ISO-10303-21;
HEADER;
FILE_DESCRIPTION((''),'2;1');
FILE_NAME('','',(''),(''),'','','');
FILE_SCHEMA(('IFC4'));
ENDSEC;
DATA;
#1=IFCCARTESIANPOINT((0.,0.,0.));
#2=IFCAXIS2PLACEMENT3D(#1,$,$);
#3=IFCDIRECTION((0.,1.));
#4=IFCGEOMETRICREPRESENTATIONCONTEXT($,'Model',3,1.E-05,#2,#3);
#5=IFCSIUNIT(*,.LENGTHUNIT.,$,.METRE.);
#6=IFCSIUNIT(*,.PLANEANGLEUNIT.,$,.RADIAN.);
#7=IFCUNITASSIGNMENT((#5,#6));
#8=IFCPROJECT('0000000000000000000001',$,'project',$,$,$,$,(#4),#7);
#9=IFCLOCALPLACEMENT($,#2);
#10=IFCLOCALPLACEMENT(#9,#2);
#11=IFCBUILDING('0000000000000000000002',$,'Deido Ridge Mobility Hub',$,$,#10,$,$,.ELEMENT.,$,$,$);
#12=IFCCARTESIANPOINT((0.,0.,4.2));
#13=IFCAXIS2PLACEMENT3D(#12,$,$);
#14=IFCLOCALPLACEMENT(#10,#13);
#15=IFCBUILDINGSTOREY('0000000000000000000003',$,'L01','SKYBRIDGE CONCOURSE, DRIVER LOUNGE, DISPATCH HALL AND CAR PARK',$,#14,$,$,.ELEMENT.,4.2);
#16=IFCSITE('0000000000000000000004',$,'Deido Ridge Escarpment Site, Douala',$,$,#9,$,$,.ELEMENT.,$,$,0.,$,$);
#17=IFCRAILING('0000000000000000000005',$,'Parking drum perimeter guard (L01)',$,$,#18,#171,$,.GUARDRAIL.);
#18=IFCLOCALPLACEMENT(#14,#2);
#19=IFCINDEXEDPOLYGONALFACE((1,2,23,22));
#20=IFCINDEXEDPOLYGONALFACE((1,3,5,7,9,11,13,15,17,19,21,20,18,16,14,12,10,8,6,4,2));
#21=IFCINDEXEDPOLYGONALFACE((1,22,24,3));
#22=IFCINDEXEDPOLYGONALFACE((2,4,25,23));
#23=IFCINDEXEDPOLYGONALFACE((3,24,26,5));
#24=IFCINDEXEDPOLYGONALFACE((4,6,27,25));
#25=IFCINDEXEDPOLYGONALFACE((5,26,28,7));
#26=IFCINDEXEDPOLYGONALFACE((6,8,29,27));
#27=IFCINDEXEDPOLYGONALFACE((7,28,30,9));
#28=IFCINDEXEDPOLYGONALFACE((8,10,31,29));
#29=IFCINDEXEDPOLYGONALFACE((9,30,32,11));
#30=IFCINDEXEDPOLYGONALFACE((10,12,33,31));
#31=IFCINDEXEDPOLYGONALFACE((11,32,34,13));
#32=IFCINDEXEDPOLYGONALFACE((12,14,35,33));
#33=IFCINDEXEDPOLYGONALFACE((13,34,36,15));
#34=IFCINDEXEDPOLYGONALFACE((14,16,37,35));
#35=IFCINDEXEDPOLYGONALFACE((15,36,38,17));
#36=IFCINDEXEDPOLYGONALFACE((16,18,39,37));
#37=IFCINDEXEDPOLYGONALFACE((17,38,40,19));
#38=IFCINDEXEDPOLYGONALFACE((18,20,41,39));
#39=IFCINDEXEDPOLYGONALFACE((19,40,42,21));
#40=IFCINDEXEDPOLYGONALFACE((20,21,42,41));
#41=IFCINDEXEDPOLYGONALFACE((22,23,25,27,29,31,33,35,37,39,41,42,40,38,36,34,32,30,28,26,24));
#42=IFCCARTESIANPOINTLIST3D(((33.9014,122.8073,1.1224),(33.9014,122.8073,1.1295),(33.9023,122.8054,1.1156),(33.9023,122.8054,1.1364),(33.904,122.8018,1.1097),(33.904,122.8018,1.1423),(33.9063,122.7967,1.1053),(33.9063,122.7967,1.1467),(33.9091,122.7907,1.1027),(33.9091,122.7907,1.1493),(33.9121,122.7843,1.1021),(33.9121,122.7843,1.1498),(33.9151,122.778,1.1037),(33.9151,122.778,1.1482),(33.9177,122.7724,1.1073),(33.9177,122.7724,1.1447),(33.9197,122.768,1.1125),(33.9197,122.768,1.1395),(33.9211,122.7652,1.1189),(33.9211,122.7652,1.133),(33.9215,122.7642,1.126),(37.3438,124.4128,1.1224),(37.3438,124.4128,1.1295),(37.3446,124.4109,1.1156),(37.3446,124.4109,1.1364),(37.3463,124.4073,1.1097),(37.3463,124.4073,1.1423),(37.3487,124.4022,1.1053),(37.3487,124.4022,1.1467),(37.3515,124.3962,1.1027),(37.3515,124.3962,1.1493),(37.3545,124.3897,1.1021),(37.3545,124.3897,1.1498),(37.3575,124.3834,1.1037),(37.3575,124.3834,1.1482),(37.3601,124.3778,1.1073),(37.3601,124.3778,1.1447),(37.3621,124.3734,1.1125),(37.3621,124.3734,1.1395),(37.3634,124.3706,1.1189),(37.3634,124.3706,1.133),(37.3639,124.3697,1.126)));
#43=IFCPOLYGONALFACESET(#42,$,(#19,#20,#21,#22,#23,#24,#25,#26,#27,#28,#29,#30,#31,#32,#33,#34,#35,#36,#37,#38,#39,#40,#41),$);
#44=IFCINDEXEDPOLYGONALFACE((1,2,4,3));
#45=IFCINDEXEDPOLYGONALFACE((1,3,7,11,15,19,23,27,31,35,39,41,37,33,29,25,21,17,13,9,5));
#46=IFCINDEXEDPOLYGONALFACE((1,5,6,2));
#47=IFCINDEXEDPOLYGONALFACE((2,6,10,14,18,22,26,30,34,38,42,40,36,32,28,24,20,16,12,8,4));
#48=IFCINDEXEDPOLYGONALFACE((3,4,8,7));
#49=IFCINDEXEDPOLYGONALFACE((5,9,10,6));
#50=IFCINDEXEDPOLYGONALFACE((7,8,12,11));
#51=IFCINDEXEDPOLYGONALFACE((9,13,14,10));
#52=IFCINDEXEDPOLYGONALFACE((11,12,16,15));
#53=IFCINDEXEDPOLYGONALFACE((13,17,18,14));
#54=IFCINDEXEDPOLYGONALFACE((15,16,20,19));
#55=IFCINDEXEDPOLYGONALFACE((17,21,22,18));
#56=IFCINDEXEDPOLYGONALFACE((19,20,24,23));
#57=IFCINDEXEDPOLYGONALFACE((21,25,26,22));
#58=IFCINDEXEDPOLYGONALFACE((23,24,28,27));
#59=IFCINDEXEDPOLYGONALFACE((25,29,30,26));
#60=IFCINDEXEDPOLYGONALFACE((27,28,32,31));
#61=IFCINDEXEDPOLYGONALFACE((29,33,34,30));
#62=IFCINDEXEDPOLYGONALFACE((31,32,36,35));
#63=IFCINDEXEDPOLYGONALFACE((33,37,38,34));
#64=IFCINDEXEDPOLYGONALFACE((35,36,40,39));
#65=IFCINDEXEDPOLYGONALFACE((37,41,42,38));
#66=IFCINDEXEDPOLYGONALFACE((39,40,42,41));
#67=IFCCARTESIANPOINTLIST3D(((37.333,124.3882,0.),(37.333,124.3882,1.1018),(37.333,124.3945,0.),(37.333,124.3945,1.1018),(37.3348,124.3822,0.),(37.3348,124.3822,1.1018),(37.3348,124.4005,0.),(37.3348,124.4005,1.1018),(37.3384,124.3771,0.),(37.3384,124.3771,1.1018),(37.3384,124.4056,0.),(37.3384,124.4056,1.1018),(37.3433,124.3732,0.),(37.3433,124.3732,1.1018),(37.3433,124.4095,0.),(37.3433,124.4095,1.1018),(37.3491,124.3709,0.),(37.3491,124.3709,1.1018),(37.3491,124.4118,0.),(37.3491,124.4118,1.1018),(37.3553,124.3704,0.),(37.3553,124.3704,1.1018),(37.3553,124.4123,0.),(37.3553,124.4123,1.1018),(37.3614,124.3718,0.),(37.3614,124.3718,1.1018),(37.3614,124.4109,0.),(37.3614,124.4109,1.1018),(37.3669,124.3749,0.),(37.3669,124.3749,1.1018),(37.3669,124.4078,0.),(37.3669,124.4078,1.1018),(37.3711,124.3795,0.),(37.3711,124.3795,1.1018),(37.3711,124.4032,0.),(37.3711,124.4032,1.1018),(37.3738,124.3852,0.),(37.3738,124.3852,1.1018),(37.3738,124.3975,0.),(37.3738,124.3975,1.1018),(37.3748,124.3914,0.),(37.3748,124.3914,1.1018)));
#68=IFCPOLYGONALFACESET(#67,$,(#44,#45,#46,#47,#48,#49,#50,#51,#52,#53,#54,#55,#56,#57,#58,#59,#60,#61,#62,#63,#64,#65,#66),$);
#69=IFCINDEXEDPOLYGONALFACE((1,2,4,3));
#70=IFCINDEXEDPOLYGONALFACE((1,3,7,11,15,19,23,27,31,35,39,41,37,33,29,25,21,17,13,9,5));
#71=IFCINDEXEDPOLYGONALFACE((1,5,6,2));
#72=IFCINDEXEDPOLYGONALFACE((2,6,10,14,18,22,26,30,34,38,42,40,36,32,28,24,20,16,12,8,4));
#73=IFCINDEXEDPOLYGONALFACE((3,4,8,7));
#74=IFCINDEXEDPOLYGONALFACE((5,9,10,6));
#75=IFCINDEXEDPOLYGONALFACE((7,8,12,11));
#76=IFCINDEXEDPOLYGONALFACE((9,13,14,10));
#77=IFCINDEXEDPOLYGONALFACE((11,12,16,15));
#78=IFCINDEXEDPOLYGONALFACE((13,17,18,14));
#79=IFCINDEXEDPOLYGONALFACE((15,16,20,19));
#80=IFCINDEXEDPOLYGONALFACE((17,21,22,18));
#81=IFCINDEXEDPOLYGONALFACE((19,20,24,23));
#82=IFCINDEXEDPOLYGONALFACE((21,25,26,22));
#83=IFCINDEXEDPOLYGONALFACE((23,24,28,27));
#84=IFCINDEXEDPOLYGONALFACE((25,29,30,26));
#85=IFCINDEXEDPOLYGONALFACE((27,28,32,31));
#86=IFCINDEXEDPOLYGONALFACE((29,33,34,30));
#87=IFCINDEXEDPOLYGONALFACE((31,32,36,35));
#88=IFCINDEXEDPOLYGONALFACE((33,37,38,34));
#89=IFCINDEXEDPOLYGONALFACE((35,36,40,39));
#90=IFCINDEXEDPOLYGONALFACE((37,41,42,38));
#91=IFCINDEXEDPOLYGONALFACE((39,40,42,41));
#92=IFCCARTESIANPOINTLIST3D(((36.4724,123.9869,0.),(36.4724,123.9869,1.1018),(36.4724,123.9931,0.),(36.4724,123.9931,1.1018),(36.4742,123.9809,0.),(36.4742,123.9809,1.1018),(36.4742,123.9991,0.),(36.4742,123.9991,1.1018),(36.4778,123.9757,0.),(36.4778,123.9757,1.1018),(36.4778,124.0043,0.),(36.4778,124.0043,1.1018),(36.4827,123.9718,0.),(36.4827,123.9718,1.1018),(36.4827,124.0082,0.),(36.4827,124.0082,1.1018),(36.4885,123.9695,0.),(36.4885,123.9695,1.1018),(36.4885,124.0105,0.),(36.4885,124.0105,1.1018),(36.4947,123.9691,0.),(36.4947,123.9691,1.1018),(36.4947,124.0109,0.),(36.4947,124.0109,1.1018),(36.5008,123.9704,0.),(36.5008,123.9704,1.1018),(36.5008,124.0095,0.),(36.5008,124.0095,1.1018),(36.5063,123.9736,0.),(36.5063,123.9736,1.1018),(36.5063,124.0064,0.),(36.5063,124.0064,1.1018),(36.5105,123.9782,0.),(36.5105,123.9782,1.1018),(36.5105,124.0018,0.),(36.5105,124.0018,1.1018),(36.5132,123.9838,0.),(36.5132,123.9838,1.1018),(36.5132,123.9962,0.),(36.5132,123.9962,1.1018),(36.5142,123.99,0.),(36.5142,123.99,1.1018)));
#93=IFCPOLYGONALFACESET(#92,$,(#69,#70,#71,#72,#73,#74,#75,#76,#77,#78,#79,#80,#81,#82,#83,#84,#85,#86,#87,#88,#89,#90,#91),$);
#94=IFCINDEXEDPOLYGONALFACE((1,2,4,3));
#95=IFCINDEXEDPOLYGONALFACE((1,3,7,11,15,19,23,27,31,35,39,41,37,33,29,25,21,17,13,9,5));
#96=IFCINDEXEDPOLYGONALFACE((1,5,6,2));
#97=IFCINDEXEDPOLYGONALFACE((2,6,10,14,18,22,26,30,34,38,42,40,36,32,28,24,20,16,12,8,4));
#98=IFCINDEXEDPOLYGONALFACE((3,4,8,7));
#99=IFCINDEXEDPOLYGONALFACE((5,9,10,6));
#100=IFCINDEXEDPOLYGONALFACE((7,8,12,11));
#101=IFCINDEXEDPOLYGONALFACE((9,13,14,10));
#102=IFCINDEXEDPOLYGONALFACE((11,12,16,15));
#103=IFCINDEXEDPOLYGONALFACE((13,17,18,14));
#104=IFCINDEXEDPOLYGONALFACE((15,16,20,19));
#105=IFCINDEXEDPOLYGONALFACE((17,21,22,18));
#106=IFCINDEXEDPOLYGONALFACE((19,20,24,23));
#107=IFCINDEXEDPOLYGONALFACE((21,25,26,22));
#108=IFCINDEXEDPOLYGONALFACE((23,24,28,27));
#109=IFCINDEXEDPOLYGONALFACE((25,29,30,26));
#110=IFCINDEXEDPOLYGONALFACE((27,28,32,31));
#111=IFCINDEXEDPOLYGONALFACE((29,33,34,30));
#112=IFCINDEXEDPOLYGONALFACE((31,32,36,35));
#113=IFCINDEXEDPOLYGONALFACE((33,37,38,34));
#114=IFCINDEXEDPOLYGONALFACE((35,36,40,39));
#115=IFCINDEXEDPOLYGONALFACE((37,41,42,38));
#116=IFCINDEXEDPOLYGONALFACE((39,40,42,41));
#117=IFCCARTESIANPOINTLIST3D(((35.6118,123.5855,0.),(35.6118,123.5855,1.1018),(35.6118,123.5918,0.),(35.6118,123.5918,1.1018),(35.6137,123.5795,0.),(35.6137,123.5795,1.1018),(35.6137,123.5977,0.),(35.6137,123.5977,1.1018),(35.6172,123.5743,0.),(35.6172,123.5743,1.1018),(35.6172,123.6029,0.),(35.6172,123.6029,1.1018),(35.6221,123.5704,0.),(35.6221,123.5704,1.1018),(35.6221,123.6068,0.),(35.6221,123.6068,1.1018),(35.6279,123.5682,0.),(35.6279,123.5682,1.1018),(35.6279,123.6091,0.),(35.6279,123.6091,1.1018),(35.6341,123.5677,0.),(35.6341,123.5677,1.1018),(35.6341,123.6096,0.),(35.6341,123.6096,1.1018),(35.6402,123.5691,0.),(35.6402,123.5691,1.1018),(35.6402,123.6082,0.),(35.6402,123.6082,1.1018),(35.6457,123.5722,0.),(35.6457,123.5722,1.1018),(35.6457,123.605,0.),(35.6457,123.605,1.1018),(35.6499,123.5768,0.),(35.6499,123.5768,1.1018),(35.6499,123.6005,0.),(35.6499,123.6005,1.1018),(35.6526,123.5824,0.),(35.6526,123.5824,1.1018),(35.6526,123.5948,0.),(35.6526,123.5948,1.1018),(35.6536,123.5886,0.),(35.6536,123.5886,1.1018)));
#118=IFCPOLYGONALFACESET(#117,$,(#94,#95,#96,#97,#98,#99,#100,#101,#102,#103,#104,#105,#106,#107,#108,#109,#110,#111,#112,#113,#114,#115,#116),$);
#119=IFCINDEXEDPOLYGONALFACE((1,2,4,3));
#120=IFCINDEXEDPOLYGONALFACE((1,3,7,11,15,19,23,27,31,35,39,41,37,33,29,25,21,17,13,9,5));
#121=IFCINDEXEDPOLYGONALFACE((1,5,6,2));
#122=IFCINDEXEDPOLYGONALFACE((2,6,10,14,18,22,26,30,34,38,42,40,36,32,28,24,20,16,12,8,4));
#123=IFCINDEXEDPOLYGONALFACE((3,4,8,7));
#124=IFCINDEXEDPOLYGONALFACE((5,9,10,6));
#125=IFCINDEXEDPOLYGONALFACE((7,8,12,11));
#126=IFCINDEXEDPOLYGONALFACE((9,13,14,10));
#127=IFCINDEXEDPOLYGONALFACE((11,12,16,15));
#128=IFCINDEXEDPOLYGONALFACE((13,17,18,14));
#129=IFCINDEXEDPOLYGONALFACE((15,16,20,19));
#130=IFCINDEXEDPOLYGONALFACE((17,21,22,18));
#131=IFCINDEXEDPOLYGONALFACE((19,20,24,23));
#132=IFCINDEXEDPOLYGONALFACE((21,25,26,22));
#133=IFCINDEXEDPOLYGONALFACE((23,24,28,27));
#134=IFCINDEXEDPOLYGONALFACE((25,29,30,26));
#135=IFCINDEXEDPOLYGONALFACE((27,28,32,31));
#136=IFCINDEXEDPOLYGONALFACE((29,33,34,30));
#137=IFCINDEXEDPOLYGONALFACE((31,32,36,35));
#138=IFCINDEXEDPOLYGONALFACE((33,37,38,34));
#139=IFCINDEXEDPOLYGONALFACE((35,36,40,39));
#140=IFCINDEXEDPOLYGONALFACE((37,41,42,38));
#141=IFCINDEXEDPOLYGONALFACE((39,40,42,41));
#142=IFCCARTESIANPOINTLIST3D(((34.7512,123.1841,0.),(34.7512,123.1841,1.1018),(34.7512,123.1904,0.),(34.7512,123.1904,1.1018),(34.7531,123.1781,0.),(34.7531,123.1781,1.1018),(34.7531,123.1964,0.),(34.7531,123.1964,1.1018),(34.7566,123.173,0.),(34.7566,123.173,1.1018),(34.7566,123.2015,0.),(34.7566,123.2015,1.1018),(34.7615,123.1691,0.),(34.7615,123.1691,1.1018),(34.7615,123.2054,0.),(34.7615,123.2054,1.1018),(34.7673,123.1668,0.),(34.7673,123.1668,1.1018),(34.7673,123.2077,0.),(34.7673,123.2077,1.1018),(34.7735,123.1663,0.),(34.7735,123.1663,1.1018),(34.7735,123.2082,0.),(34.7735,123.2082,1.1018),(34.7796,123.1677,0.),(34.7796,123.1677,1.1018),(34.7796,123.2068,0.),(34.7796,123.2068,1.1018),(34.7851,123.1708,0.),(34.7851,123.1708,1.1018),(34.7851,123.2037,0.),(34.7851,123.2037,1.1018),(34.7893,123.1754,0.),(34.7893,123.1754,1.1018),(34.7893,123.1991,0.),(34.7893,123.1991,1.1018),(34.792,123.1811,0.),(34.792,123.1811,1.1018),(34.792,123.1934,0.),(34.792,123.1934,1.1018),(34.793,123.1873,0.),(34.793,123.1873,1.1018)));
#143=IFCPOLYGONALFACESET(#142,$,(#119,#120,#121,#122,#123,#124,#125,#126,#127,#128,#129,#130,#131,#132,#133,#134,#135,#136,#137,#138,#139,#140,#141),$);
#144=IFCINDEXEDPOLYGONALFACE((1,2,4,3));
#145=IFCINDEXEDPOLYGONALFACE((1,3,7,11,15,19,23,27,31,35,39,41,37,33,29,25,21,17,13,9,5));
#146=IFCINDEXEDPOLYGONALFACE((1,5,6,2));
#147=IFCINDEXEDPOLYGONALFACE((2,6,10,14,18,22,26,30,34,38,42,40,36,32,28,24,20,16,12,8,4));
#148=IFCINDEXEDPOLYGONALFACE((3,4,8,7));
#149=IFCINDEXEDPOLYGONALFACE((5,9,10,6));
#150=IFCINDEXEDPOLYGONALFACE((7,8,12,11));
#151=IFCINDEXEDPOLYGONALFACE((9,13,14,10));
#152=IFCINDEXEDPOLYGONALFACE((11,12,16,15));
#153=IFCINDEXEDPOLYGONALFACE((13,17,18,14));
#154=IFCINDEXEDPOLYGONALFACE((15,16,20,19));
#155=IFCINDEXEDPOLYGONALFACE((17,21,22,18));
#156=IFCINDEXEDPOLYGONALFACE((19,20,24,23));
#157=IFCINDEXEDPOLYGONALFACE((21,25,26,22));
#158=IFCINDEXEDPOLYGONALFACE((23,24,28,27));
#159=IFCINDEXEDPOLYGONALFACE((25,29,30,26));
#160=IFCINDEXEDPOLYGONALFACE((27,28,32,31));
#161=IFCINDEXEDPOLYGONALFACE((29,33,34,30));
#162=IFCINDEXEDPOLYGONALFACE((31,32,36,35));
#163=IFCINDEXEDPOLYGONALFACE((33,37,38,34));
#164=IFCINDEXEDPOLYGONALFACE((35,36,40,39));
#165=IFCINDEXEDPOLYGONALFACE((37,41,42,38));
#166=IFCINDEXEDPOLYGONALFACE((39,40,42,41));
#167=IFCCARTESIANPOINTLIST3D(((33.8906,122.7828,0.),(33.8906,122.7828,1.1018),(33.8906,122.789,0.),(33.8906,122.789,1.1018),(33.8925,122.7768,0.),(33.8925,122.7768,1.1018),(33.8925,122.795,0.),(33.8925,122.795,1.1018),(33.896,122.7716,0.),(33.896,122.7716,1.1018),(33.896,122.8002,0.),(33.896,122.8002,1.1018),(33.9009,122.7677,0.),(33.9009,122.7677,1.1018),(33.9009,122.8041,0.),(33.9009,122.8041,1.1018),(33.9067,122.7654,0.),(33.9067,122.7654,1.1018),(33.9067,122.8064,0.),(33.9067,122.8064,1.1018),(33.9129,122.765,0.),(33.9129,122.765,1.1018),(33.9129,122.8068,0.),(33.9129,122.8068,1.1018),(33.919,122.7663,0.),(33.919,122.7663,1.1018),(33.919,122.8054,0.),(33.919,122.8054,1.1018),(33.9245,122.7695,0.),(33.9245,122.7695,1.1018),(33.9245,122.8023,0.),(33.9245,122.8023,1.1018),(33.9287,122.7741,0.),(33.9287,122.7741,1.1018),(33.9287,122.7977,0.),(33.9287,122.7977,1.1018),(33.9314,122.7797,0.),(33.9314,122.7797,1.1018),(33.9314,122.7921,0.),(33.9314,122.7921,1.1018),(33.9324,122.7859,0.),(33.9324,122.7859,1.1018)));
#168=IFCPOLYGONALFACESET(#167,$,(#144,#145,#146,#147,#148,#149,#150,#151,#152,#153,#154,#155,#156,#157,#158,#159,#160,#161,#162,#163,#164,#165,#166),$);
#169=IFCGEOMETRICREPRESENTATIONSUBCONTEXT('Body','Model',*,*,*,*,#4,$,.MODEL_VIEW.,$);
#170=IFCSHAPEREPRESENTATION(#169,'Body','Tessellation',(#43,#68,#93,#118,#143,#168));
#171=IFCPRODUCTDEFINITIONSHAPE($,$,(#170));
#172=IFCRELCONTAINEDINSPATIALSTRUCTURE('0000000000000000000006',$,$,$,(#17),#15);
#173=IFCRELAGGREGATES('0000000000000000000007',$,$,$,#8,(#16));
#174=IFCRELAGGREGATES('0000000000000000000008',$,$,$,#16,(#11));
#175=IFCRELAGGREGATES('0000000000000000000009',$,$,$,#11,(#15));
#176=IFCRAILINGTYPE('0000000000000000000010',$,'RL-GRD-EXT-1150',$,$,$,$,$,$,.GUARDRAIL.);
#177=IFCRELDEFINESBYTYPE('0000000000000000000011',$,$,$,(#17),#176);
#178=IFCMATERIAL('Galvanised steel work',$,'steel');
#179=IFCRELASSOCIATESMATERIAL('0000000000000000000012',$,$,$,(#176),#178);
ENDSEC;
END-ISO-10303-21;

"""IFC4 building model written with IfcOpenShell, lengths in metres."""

from ifc_helpers import new_model, si_unit, direction, frame, origin, origin_2d, place, context, subcontext, project, spatial, circle, extrude, material, type_object, element, save


model = new_model("IFC4")

# Units and contexts
model_context = context("Model", 3, precision=1e-05, world=origin(), true_north=direction((0.0, 1.0)))
body_context = subcontext(model_context, "Body", "Model", "MODEL_VIEW")
ifc_project = project(units=[si_unit("LENGTHUNIT", "METRE"), si_unit("PLANEANGLEUNIT", "RADIAN")], contexts=[model_context])

# Site, building, storey
site_placement = place(None, origin())
site = spatial("IfcSite", under=ifc_project, at=site_placement, Name="Deido Ridge Escarpment Site, Douala", CompositionType="ELEMENT", RefElevation=0.0)
building_placement = place(site_placement, origin())
building = spatial("IfcBuilding", under=site, at=building_placement, Name="Deido Ridge Mobility Hub", CompositionType="ELEMENT")
storey_placement = place(building_placement, frame((0.0, 0.0, 4.2)))
storey = spatial("IfcBuildingStorey", under=building, at=storey_placement, Name="L01", Description="SKYBRIDGE CONCOURSE, DRIVER LOUNGE, DISPATCH HALL AND CAR PARK", CompositionType="ELEMENT", Elevation=4.2)

# Railing
ifc_material_1 = material(Name="Galvanised steel work", Category="steel")
railing_type = type_object("IfcRailingType", Name="RL-GRD-EXT-1150", PredefinedType="GUARDRAIL", material=ifc_material_1)
railing_1_placement = place(storey_placement, frame((37.3538, 124.3914, 0.0)))
element("IfcRailing", 1, at=railing_1_placement, inside=storey, type_object=railing_type, Name="Parking drum perimeter guard (L01)", PredefinedType="GUARDRAIL", context=body_context, shape_type="SweptSolid", body=[
    extrude(circle(Radius=0.0239, at=origin_2d()), frame((0.0, 0.0, 1.126), z_axis=(-0.906282, -0.422674, 0.0), x_axis=(0.422674, -0.906282, 0.0)), (0.0, 0.0, 1.0), 3.7983),
    extrude(circle(Radius=0.021, at=origin_2d()), origin(), (0.0, 0.0, 1.0), 1.1018),
    extrude(circle(Radius=0.021, at=origin_2d()), frame((-0.8606, -0.4014, 0.0)), (0.0, 0.0, 1.0), 1.1018),
    extrude(circle(Radius=0.021, at=origin_2d()), frame((-1.7212, -0.8027, 0.0)), (0.0, 0.0, 1.0), 1.1018),
    extrude(circle(Radius=0.021, at=origin_2d()), frame((-2.5818, -1.2041, 0.0)), (0.0, 0.0, 1.0), 1.1018),
    extrude(circle(Radius=0.021, at=origin_2d()), frame((-3.4424, -1.6055, 0.0)), (0.0, 0.0, 1.0), 1.1018),
])

save(model, "model.ifc")
